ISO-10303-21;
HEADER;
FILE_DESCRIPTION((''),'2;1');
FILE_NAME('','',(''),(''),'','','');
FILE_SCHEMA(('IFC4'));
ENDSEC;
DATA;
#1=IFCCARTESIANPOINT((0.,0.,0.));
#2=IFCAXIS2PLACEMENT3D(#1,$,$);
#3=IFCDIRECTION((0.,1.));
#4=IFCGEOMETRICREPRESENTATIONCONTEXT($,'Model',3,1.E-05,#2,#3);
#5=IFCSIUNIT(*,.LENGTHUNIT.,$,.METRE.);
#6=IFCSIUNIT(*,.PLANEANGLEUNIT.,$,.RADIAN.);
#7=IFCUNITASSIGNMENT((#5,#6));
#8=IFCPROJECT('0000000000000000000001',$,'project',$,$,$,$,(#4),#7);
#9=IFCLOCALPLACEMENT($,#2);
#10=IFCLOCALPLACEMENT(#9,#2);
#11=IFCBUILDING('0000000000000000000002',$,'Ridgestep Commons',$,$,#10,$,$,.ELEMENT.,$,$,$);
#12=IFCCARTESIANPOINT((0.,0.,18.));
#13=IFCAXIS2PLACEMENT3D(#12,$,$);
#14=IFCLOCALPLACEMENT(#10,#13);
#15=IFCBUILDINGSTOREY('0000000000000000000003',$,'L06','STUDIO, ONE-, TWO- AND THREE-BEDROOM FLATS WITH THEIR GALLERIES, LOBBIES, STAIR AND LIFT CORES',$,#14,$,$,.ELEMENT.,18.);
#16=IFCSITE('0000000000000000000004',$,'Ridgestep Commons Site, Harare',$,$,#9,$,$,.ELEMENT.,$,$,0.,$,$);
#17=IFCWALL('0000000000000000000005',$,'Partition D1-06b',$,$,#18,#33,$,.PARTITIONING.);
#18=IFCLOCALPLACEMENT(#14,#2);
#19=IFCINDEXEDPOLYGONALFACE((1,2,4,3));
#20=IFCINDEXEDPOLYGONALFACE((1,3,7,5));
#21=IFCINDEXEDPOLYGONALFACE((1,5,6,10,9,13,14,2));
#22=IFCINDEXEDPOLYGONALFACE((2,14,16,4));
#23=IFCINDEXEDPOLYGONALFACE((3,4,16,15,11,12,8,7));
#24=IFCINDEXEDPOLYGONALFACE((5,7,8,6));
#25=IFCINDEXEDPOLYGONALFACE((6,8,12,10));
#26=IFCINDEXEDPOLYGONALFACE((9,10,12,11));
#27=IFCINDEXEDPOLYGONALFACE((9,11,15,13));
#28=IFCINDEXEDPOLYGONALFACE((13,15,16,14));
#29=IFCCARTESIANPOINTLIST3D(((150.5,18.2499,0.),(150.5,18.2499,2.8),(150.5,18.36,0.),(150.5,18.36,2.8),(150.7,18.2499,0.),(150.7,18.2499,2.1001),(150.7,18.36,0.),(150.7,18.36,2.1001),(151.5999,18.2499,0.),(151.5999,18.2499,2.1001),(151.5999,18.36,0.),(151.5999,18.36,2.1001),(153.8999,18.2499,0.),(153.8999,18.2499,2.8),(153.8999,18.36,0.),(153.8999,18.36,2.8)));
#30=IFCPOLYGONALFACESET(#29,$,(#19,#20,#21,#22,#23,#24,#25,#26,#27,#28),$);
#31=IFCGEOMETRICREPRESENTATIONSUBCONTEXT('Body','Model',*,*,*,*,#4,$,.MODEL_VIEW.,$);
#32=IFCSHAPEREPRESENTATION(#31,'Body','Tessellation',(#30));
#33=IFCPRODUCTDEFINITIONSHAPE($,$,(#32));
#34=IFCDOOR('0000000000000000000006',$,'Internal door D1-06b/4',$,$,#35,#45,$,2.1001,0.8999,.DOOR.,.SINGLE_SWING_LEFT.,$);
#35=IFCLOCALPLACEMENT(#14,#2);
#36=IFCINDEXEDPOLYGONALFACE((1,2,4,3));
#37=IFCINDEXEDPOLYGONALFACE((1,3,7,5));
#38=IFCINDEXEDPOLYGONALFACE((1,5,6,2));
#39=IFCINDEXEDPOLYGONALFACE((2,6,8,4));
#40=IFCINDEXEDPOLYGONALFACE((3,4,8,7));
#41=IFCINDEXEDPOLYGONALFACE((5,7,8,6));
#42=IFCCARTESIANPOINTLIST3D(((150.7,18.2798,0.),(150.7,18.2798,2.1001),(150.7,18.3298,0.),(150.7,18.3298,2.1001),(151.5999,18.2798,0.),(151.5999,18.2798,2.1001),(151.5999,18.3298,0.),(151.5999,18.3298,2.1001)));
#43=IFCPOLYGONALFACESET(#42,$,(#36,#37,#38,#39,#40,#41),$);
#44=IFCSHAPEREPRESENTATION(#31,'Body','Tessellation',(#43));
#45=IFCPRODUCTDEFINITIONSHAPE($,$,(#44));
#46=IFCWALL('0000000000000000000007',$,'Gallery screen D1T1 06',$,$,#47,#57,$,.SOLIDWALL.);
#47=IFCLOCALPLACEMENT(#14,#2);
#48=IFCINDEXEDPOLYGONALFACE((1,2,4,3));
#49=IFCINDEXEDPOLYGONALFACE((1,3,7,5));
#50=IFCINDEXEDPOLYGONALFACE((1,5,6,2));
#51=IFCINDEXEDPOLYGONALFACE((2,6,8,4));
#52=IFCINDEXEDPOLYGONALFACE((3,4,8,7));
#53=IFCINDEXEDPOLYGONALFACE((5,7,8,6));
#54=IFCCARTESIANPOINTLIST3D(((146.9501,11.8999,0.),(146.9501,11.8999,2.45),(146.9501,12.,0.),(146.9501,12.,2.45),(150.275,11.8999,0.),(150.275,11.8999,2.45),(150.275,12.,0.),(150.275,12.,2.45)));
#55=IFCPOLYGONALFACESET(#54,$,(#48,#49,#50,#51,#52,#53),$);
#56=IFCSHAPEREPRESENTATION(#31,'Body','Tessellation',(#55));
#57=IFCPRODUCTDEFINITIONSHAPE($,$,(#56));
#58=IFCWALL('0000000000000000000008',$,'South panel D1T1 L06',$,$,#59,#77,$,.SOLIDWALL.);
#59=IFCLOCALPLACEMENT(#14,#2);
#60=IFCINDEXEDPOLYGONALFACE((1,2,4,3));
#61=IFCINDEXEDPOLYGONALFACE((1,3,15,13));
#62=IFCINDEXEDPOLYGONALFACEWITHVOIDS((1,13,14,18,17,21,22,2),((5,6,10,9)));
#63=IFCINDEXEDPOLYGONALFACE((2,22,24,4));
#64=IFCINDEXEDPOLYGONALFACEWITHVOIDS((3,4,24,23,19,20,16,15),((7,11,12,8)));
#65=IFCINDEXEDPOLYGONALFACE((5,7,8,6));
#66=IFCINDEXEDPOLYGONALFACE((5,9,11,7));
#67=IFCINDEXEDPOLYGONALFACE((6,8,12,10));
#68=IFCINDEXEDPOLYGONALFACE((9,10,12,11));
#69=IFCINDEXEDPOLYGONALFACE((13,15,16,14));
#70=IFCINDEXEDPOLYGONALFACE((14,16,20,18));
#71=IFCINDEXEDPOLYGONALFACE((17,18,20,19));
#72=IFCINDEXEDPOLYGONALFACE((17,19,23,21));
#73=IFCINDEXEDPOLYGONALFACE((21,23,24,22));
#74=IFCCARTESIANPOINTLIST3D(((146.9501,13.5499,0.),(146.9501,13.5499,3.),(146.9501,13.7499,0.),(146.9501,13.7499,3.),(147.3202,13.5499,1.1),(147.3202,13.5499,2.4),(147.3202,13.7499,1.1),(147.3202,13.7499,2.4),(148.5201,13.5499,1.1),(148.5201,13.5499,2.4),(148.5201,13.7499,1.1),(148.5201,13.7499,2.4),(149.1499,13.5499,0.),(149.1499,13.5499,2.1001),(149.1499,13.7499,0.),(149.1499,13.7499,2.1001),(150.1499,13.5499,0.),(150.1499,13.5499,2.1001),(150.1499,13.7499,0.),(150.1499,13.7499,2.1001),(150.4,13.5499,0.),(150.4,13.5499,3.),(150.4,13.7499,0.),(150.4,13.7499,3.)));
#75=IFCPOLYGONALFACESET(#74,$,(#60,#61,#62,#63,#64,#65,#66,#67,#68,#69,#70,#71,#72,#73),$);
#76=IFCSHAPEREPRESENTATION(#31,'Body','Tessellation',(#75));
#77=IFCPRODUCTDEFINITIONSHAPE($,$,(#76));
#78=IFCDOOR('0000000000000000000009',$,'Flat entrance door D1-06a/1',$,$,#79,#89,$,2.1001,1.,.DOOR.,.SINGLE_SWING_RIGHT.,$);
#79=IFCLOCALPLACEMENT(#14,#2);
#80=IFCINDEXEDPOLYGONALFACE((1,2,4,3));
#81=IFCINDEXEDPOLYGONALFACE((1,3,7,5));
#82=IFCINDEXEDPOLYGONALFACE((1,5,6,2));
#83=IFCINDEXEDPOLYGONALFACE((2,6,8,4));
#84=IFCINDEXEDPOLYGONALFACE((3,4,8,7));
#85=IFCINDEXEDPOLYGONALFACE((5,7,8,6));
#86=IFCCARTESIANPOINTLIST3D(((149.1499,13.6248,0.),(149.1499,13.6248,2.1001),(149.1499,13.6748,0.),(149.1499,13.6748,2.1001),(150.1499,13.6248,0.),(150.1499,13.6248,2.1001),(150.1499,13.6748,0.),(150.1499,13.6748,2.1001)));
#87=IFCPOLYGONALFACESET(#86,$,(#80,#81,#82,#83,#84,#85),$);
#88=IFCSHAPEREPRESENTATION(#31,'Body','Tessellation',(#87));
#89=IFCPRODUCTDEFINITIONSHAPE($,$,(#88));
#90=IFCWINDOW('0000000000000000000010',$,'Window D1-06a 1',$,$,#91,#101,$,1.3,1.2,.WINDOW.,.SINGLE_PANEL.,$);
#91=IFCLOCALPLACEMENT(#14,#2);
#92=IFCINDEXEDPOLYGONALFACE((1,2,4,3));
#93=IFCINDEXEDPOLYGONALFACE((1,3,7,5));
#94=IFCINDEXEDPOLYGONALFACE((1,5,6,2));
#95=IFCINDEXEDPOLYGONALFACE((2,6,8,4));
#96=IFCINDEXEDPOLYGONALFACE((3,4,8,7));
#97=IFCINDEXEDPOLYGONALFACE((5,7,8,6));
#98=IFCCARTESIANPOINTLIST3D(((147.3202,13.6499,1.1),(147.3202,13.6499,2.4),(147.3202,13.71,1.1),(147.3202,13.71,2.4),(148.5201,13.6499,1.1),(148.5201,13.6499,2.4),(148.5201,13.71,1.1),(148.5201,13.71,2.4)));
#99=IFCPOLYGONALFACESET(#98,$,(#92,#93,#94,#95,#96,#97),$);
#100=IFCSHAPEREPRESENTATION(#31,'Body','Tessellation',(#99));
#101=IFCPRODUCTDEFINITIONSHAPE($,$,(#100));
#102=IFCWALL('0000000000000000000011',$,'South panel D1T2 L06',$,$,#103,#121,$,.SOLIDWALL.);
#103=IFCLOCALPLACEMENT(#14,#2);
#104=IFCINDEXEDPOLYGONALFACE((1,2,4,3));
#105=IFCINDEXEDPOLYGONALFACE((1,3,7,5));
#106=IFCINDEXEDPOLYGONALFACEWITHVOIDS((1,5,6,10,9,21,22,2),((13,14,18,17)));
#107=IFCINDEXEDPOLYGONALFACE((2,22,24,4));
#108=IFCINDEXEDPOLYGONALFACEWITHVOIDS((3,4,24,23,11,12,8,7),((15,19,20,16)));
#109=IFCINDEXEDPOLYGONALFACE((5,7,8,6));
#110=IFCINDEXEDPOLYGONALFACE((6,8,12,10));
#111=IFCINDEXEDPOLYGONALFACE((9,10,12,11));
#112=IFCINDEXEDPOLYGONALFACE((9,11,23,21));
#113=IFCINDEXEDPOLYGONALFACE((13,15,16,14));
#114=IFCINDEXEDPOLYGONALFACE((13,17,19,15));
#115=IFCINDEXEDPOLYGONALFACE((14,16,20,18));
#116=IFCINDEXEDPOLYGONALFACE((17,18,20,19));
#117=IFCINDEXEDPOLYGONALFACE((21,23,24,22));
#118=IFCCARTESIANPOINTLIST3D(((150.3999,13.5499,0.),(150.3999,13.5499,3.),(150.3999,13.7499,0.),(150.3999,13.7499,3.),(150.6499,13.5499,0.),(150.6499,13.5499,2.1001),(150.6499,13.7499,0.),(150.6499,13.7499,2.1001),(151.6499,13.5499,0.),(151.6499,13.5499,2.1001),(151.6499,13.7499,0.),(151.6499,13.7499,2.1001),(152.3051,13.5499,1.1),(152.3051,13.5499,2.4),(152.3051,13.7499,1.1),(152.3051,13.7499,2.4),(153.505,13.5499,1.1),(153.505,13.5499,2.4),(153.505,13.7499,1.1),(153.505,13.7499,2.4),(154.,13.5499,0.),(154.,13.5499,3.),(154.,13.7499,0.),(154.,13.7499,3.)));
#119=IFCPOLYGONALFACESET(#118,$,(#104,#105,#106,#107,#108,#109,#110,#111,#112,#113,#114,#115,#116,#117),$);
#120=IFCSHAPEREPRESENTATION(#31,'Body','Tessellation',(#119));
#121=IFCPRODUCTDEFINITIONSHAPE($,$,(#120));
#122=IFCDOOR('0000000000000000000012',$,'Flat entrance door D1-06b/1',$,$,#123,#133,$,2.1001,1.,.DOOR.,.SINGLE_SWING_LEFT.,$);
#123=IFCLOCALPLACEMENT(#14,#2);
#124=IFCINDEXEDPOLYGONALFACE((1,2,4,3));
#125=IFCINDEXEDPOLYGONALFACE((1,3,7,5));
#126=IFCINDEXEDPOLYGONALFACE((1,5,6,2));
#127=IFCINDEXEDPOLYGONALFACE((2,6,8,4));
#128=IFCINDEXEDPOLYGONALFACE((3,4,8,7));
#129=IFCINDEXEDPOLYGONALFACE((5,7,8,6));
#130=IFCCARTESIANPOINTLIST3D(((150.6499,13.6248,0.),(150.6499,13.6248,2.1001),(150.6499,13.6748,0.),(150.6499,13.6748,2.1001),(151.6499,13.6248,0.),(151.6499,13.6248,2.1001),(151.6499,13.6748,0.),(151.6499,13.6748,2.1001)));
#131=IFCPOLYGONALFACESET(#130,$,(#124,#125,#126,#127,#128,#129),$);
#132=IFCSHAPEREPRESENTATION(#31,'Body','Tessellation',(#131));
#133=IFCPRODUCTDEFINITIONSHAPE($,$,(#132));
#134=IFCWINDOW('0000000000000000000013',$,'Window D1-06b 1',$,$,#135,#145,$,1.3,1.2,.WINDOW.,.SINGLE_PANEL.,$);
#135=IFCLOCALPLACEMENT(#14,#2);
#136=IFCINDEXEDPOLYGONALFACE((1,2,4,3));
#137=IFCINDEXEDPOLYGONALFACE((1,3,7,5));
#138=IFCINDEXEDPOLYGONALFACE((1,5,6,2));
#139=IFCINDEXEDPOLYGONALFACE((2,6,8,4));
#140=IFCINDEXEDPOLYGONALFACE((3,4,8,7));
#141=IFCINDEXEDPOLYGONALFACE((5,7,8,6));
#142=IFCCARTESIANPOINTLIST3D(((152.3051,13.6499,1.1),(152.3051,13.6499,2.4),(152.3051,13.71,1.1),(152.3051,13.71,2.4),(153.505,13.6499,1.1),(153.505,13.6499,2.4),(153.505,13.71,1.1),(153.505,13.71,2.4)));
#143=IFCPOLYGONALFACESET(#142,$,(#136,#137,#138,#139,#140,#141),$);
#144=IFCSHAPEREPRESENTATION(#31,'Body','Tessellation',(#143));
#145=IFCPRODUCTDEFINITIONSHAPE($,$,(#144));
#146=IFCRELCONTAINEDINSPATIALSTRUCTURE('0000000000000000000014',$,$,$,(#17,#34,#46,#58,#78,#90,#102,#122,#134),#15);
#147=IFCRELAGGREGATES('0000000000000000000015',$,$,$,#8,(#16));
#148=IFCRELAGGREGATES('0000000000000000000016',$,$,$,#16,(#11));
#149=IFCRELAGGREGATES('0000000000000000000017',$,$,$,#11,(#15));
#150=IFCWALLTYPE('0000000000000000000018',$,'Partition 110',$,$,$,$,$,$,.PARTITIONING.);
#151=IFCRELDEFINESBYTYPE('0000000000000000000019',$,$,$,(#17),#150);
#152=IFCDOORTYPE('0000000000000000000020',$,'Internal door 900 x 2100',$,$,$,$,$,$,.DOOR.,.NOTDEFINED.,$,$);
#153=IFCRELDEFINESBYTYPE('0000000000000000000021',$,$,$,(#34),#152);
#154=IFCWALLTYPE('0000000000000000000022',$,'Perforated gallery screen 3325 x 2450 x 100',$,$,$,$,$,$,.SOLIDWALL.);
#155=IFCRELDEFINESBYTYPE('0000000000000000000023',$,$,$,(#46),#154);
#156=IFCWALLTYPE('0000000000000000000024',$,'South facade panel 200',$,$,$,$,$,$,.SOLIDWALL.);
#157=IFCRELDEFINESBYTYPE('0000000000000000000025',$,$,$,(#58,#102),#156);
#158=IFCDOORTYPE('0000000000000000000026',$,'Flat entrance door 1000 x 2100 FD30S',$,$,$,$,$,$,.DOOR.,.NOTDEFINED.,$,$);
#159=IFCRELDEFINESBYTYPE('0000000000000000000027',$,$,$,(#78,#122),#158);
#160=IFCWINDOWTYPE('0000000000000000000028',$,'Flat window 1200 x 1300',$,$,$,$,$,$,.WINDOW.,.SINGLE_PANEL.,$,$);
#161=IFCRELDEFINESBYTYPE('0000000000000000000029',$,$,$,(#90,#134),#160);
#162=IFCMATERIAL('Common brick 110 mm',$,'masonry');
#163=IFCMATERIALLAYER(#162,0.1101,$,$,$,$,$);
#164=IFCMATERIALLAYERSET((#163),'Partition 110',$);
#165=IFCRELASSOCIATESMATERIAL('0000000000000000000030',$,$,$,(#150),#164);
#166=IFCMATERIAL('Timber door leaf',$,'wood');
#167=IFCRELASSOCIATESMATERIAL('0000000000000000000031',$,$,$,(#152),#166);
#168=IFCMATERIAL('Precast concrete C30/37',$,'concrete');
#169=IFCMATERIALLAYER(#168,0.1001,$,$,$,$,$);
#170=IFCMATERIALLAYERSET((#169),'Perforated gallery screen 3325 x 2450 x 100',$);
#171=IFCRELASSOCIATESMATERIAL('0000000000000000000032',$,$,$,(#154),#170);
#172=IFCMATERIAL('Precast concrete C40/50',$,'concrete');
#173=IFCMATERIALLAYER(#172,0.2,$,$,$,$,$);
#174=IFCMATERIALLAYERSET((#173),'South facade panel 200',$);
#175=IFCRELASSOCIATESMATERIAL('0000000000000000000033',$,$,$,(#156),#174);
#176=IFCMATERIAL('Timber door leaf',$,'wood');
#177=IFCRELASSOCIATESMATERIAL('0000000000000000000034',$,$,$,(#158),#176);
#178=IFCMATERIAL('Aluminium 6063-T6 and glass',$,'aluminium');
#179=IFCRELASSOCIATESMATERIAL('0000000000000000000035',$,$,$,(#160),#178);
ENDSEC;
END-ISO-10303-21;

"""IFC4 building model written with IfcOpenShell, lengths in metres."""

from ifc_helpers import new_model, si_unit, direction, frame, frame_2d, origin, place, context, subcontext, project, spatial, rectangle, extrude, material, layer, layer_set, type_object, element, fill, save


model = new_model("IFC4")

# Units and contexts
model_context = context("Model", 3, precision=1e-05, world=origin(), true_north=direction((0.0, 1.0)))
body_context = subcontext(model_context, "Body", "Model", "MODEL_VIEW")
ifc_project = project(units=[si_unit("LENGTHUNIT", "METRE"), si_unit("PLANEANGLEUNIT", "RADIAN")], contexts=[model_context])

# Site, building, storey
site_placement = place(None, origin())
site = spatial("IfcSite", under=ifc_project, at=site_placement, Name="Ridgestep Commons Site, Harare", CompositionType="ELEMENT", RefElevation=0.0)
building_placement = place(site_placement, origin())
building = spatial("IfcBuilding", under=site, at=building_placement, Name="Ridgestep Commons", CompositionType="ELEMENT")
storey_placement = place(building_placement, frame((0.0, 0.0, 18.0)))
storey = spatial("IfcBuildingStorey", under=building, at=storey_placement, Name="L06", Description="STUDIO, ONE-, TWO- AND THREE-BEDROOM FLATS WITH THEIR GALLERIES, LOBBIES, STAIR AND LIFT CORES", CompositionType="ELEMENT", Elevation=18.0)

# Shared definitions
ifc_material_1 = material(Name="Common brick 110 mm", Category="masonry")
ifc_layer_1 = layer(ifc_material_1, 0.1101)
ifc_layer_set_1 = layer_set([ifc_layer_1], Name="Partition 110")
wall_type_1 = type_object("IfcWallType", Name="Partition 110", PredefinedType="PARTITIONING", material=ifc_layer_set_1)

# Wall, opening, door
wall_1_placement = place(storey_placement, frame((150.5, 18.3049, 0.0), z_axis=(0.0, 0.0, 1.0), x_axis=(1.0, 0.0, 0.0)))
wall_1 = element("IfcWall", 1, at=wall_1_placement, inside=storey, type_object=wall_type_1, Name="Partition D1-06b", PredefinedType="PARTITIONING", context=body_context, shape_type="SweptSolid", body=[
    extrude(rectangle(XDim=3.3999, YDim=0.1101, at=frame_2d((1.7, 0.0))), origin(), (0.0, 0.0, 1.0), 2.8),
])
opening_1_placement = place(wall_1_placement, frame((0.2, 0.0, 0.0)))
opening_1 = element("IfcOpeningElement", 2, at=opening_1_placement, cuts=wall_1, PredefinedType="OPENING", context=body_context, shape_type="SweptSolid", body=[
    extrude(rectangle(XDim=0.8999, YDim=2.1001, at=frame_2d((0.45, 1.05))), frame((0.0, 0.0649, 0.0), z_axis=(0.0, -1.0, 0.0), x_axis=(1.0, 0.0, 0.0)), (0.0, 0.0, 1.0), 0.1301),
])
ifc_material_2 = material(Name="Timber door leaf", Category="wood")
door_type_1 = type_object("IfcDoorType", Name="Internal door 900 x 2100", OperationType="NOTDEFINED", PredefinedType="DOOR", material=ifc_material_2)
door_1_placement = place(opening_1_placement, origin())
door_1 = element("IfcDoor", 3, at=door_1_placement, inside=storey, type_object=door_type_1, Name="Internal door D1-06b/4", OperationType="SINGLE_SWING_LEFT", OverallHeight=2.1001, OverallWidth=0.8999, PredefinedType="DOOR", context=body_context, shape_type="SweptSolid", body=[
    extrude(rectangle(XDim=0.8999, YDim=2.1001, at=frame_2d((0.45, 1.05))), frame((0.0, 0.0249, 0.0), z_axis=(0.0, -1.0, 0.0), x_axis=(1.0, 0.0, 0.0)), (0.0, 0.0, 1.0), 0.05),
])
fill(opening_1, door_1)

# Wall
ifc_material_3 = material(Name="Precast concrete C30/37", Category="concrete")
ifc_layer_2 = layer(ifc_material_3, 0.1001)
ifc_layer_set_2 = layer_set([ifc_layer_2], Name="Perforated gallery screen 3325 x 2450 x 100")
wall_type_2 = type_object("IfcWallType", Name="Perforated gallery screen 3325 x 2450 x 100", PredefinedType="SOLIDWALL", material=ifc_layer_set_2)
wall_2_placement = place(storey_placement, frame((146.95, 11.95, 0.0), z_axis=(0.0, 0.0, 1.0), x_axis=(1.0, 0.0, 0.0)))
element("IfcWall", 4, at=wall_2_placement, inside=storey, type_object=wall_type_2, Name="Gallery screen D1T1 06", PredefinedType="SOLIDWALL", context=body_context, shape_type="SweptSolid", body=[
    extrude(rectangle(XDim=3.325, YDim=0.1001, at=frame_2d((1.6626, 0.0))), origin(), (0.0, 0.0, 1.0), 2.45),
])

# Walls, openings, doors, windows
ifc_material_4 = material(Name="Precast concrete C40/50", Category="concrete")
ifc_layer_3 = layer(ifc_material_4, 0.2)
ifc_layer_set_3 = layer_set([ifc_layer_3], Name="South facade panel 200")
wall_type_3 = type_object("IfcWallType", Name="South facade panel 200", PredefinedType="SOLIDWALL", material=ifc_layer_set_3)
wall_3_placement = place(storey_placement, frame((146.95, 13.6499, 0.0), z_axis=(0.0, 0.0, 1.0), x_axis=(1.0, 0.0, 0.0)))
wall_3 = element("IfcWall", 5, at=wall_3_placement, inside=storey, type_object=wall_type_3, Name="South panel D1T1 L06", PredefinedType="SOLIDWALL", context=body_context, shape_type="SweptSolid", body=[
    extrude(rectangle(XDim=3.45, YDim=0.2, at=frame_2d((1.7251, 0.0))), origin(), (0.0, 0.0, 1.0), 3.0),
])
opening_2_placement = place(wall_3_placement, frame((0.3701, 0.0, 1.1001)))
opening_2 = element("IfcOpeningElement", 6, at=opening_2_placement, cuts=wall_3, PredefinedType="OPENING", context=body_context, shape_type="SweptSolid", body=[
    extrude(rectangle(XDim=1.2, YDim=1.3, at=frame_2d((0.6001, 0.6499))), frame((0.0, 0.1099, 0.0), z_axis=(0.0, -1.0, 0.0), x_axis=(1.0, 0.0, 0.0)), (0.0, 0.0, 1.0), 0.22),
])
opening_3_placement = place(wall_3_placement, frame((2.2, 0.0, 0.0)))
opening_3 = element("IfcOpeningElement", 7, at=opening_3_placement, cuts=wall_3, PredefinedType="OPENING", context=body_context, shape_type="SweptSolid", body=[
    extrude(rectangle(XDim=1.0, YDim=2.1001, at=frame_2d((0.5, 1.05))), frame((0.0, 0.1099, 0.0), z_axis=(0.0, -1.0, 0.0), x_axis=(1.0, 0.0, 0.0)), (0.0, 0.0, 1.0), 0.22),
])
ifc_material_5 = material(Name="Timber door leaf", Category="wood")
door_type_2 = type_object("IfcDoorType", Name="Flat entrance door 1000 x 2100 FD30S", OperationType="NOTDEFINED", PredefinedType="DOOR", material=ifc_material_5)
door_2_placement = place(opening_3_placement, origin())
door_2 = element("IfcDoor", 8, at=door_2_placement, inside=storey, type_object=door_type_2, Name="Flat entrance door D1-06a/1", OperationType="SINGLE_SWING_RIGHT", OverallHeight=2.1001, OverallWidth=1.0, PredefinedType="DOOR", context=body_context, shape_type="SweptSolid", body=[
    extrude(rectangle(XDim=1.0, YDim=2.1001, at=frame_2d((0.5, 1.05))), frame((0.0, 0.0249, 0.0), z_axis=(0.0, -1.0, 0.0), x_axis=(1.0, 0.0, 0.0)), (0.0, 0.0, 1.0), 0.05),
])
fill(opening_3, door_2)
ifc_material_6 = material(Name="Aluminium 6063-T6 and glass", Category="aluminium")
window_type_1 = type_object("IfcWindowType", Name="Flat window 1200 x 1300", PartitioningType="SINGLE_PANEL", PredefinedType="WINDOW", material=ifc_material_6)
window_1_placement = place(opening_2_placement, origin())
window_1 = element("IfcWindow", 9, at=window_1_placement, inside=storey, type_object=window_type_1, Name="Window D1-06a 1", OverallHeight=1.3, OverallWidth=1.2, PartitioningType="SINGLE_PANEL", PredefinedType="WINDOW", context=body_context, shape_type="SweptSolid", body=[
    extrude(rectangle(XDim=1.2, YDim=1.3, at=frame_2d((0.6001, 0.6499))), frame((0.0, 0.0601, 0.0), z_axis=(0.0, -1.0, 0.0), x_axis=(1.0, 0.0, 0.0)), (0.0, 0.0, 1.0), 0.0601),
])
fill(opening_2, window_1)
wall_4_placement = place(storey_placement, frame((150.3999, 13.6499, 0.0), z_axis=(0.0, 0.0, 1.0), x_axis=(1.0, 0.0, 0.0)))
wall_4 = element("IfcWall", 10, at=wall_4_placement, inside=storey, type_object=wall_type_3, Name="South panel D1T2 L06", PredefinedType="SOLIDWALL", context=body_context, shape_type="SweptSolid", body=[
    extrude(rectangle(XDim=3.6001, YDim=0.2, at=frame_2d((1.8, 0.0))), origin(), (0.0, 0.0, 1.0), 3.0),
])
opening_4_placement = place(wall_4_placement, frame((1.905, 0.0, 1.1001)))
opening_4 = element("IfcOpeningElement", 11, at=opening_4_placement, cuts=wall_4, PredefinedType="OPENING", context=body_context, shape_type="SweptSolid", body=[
    extrude(rectangle(XDim=1.2, YDim=1.3, at=frame_2d((0.6001, 0.6499))), frame((0.0, 0.1099, 0.0), z_axis=(0.0, -1.0, 0.0), x_axis=(1.0, 0.0, 0.0)), (0.0, 0.0, 1.0), 0.22),
])
opening_5_placement = place(wall_4_placement, frame((0.25, 0.0, 0.0)))
opening_5 = element("IfcOpeningElement", 12, at=opening_5_placement, cuts=wall_4, PredefinedType="OPENING", context=body_context, shape_type="SweptSolid", body=[
    extrude(rectangle(XDim=1.0, YDim=2.1001, at=frame_2d((0.5, 1.05))), frame((0.0, 0.1099, 0.0), z_axis=(0.0, -1.0, 0.0), x_axis=(1.0, 0.0, 0.0)), (0.0, 0.0, 1.0), 0.22),
])
door_3_placement = place(opening_5_placement, origin())
door_3 = element("IfcDoor", 13, at=door_3_placement, inside=storey, type_object=door_type_2, Name="Flat entrance door D1-06b/1", OperationType="SINGLE_SWING_LEFT", OverallHeight=2.1001, OverallWidth=1.0, PredefinedType="DOOR", context=body_context, shape_type="SweptSolid", body=[
    extrude(rectangle(XDim=1.0, YDim=2.1001, at=frame_2d((0.5, 1.05))), frame((0.0, 0.0249, 0.0), z_axis=(0.0, -1.0, 0.0), x_axis=(1.0, 0.0, 0.0)), (0.0, 0.0, 1.0), 0.05),
])
fill(opening_5, door_3)
window_2_placement = place(opening_4_placement, origin())
window_2 = element("IfcWindow", 14, at=window_2_placement, inside=storey, type_object=window_type_1, Name="Window D1-06b 1", OverallHeight=1.3, OverallWidth=1.2, PartitioningType="SINGLE_PANEL", PredefinedType="WINDOW", context=body_context, shape_type="SweptSolid", body=[
    extrude(rectangle(XDim=1.2, YDim=1.3, at=frame_2d((0.6001, 0.6499))), frame((0.0, 0.0601, 0.0), z_axis=(0.0, -1.0, 0.0), x_axis=(1.0, 0.0, 0.0)), (0.0, 0.0, 1.0), 0.0601),
])
fill(opening_4, window_2)

save(model, "model.ifc")
